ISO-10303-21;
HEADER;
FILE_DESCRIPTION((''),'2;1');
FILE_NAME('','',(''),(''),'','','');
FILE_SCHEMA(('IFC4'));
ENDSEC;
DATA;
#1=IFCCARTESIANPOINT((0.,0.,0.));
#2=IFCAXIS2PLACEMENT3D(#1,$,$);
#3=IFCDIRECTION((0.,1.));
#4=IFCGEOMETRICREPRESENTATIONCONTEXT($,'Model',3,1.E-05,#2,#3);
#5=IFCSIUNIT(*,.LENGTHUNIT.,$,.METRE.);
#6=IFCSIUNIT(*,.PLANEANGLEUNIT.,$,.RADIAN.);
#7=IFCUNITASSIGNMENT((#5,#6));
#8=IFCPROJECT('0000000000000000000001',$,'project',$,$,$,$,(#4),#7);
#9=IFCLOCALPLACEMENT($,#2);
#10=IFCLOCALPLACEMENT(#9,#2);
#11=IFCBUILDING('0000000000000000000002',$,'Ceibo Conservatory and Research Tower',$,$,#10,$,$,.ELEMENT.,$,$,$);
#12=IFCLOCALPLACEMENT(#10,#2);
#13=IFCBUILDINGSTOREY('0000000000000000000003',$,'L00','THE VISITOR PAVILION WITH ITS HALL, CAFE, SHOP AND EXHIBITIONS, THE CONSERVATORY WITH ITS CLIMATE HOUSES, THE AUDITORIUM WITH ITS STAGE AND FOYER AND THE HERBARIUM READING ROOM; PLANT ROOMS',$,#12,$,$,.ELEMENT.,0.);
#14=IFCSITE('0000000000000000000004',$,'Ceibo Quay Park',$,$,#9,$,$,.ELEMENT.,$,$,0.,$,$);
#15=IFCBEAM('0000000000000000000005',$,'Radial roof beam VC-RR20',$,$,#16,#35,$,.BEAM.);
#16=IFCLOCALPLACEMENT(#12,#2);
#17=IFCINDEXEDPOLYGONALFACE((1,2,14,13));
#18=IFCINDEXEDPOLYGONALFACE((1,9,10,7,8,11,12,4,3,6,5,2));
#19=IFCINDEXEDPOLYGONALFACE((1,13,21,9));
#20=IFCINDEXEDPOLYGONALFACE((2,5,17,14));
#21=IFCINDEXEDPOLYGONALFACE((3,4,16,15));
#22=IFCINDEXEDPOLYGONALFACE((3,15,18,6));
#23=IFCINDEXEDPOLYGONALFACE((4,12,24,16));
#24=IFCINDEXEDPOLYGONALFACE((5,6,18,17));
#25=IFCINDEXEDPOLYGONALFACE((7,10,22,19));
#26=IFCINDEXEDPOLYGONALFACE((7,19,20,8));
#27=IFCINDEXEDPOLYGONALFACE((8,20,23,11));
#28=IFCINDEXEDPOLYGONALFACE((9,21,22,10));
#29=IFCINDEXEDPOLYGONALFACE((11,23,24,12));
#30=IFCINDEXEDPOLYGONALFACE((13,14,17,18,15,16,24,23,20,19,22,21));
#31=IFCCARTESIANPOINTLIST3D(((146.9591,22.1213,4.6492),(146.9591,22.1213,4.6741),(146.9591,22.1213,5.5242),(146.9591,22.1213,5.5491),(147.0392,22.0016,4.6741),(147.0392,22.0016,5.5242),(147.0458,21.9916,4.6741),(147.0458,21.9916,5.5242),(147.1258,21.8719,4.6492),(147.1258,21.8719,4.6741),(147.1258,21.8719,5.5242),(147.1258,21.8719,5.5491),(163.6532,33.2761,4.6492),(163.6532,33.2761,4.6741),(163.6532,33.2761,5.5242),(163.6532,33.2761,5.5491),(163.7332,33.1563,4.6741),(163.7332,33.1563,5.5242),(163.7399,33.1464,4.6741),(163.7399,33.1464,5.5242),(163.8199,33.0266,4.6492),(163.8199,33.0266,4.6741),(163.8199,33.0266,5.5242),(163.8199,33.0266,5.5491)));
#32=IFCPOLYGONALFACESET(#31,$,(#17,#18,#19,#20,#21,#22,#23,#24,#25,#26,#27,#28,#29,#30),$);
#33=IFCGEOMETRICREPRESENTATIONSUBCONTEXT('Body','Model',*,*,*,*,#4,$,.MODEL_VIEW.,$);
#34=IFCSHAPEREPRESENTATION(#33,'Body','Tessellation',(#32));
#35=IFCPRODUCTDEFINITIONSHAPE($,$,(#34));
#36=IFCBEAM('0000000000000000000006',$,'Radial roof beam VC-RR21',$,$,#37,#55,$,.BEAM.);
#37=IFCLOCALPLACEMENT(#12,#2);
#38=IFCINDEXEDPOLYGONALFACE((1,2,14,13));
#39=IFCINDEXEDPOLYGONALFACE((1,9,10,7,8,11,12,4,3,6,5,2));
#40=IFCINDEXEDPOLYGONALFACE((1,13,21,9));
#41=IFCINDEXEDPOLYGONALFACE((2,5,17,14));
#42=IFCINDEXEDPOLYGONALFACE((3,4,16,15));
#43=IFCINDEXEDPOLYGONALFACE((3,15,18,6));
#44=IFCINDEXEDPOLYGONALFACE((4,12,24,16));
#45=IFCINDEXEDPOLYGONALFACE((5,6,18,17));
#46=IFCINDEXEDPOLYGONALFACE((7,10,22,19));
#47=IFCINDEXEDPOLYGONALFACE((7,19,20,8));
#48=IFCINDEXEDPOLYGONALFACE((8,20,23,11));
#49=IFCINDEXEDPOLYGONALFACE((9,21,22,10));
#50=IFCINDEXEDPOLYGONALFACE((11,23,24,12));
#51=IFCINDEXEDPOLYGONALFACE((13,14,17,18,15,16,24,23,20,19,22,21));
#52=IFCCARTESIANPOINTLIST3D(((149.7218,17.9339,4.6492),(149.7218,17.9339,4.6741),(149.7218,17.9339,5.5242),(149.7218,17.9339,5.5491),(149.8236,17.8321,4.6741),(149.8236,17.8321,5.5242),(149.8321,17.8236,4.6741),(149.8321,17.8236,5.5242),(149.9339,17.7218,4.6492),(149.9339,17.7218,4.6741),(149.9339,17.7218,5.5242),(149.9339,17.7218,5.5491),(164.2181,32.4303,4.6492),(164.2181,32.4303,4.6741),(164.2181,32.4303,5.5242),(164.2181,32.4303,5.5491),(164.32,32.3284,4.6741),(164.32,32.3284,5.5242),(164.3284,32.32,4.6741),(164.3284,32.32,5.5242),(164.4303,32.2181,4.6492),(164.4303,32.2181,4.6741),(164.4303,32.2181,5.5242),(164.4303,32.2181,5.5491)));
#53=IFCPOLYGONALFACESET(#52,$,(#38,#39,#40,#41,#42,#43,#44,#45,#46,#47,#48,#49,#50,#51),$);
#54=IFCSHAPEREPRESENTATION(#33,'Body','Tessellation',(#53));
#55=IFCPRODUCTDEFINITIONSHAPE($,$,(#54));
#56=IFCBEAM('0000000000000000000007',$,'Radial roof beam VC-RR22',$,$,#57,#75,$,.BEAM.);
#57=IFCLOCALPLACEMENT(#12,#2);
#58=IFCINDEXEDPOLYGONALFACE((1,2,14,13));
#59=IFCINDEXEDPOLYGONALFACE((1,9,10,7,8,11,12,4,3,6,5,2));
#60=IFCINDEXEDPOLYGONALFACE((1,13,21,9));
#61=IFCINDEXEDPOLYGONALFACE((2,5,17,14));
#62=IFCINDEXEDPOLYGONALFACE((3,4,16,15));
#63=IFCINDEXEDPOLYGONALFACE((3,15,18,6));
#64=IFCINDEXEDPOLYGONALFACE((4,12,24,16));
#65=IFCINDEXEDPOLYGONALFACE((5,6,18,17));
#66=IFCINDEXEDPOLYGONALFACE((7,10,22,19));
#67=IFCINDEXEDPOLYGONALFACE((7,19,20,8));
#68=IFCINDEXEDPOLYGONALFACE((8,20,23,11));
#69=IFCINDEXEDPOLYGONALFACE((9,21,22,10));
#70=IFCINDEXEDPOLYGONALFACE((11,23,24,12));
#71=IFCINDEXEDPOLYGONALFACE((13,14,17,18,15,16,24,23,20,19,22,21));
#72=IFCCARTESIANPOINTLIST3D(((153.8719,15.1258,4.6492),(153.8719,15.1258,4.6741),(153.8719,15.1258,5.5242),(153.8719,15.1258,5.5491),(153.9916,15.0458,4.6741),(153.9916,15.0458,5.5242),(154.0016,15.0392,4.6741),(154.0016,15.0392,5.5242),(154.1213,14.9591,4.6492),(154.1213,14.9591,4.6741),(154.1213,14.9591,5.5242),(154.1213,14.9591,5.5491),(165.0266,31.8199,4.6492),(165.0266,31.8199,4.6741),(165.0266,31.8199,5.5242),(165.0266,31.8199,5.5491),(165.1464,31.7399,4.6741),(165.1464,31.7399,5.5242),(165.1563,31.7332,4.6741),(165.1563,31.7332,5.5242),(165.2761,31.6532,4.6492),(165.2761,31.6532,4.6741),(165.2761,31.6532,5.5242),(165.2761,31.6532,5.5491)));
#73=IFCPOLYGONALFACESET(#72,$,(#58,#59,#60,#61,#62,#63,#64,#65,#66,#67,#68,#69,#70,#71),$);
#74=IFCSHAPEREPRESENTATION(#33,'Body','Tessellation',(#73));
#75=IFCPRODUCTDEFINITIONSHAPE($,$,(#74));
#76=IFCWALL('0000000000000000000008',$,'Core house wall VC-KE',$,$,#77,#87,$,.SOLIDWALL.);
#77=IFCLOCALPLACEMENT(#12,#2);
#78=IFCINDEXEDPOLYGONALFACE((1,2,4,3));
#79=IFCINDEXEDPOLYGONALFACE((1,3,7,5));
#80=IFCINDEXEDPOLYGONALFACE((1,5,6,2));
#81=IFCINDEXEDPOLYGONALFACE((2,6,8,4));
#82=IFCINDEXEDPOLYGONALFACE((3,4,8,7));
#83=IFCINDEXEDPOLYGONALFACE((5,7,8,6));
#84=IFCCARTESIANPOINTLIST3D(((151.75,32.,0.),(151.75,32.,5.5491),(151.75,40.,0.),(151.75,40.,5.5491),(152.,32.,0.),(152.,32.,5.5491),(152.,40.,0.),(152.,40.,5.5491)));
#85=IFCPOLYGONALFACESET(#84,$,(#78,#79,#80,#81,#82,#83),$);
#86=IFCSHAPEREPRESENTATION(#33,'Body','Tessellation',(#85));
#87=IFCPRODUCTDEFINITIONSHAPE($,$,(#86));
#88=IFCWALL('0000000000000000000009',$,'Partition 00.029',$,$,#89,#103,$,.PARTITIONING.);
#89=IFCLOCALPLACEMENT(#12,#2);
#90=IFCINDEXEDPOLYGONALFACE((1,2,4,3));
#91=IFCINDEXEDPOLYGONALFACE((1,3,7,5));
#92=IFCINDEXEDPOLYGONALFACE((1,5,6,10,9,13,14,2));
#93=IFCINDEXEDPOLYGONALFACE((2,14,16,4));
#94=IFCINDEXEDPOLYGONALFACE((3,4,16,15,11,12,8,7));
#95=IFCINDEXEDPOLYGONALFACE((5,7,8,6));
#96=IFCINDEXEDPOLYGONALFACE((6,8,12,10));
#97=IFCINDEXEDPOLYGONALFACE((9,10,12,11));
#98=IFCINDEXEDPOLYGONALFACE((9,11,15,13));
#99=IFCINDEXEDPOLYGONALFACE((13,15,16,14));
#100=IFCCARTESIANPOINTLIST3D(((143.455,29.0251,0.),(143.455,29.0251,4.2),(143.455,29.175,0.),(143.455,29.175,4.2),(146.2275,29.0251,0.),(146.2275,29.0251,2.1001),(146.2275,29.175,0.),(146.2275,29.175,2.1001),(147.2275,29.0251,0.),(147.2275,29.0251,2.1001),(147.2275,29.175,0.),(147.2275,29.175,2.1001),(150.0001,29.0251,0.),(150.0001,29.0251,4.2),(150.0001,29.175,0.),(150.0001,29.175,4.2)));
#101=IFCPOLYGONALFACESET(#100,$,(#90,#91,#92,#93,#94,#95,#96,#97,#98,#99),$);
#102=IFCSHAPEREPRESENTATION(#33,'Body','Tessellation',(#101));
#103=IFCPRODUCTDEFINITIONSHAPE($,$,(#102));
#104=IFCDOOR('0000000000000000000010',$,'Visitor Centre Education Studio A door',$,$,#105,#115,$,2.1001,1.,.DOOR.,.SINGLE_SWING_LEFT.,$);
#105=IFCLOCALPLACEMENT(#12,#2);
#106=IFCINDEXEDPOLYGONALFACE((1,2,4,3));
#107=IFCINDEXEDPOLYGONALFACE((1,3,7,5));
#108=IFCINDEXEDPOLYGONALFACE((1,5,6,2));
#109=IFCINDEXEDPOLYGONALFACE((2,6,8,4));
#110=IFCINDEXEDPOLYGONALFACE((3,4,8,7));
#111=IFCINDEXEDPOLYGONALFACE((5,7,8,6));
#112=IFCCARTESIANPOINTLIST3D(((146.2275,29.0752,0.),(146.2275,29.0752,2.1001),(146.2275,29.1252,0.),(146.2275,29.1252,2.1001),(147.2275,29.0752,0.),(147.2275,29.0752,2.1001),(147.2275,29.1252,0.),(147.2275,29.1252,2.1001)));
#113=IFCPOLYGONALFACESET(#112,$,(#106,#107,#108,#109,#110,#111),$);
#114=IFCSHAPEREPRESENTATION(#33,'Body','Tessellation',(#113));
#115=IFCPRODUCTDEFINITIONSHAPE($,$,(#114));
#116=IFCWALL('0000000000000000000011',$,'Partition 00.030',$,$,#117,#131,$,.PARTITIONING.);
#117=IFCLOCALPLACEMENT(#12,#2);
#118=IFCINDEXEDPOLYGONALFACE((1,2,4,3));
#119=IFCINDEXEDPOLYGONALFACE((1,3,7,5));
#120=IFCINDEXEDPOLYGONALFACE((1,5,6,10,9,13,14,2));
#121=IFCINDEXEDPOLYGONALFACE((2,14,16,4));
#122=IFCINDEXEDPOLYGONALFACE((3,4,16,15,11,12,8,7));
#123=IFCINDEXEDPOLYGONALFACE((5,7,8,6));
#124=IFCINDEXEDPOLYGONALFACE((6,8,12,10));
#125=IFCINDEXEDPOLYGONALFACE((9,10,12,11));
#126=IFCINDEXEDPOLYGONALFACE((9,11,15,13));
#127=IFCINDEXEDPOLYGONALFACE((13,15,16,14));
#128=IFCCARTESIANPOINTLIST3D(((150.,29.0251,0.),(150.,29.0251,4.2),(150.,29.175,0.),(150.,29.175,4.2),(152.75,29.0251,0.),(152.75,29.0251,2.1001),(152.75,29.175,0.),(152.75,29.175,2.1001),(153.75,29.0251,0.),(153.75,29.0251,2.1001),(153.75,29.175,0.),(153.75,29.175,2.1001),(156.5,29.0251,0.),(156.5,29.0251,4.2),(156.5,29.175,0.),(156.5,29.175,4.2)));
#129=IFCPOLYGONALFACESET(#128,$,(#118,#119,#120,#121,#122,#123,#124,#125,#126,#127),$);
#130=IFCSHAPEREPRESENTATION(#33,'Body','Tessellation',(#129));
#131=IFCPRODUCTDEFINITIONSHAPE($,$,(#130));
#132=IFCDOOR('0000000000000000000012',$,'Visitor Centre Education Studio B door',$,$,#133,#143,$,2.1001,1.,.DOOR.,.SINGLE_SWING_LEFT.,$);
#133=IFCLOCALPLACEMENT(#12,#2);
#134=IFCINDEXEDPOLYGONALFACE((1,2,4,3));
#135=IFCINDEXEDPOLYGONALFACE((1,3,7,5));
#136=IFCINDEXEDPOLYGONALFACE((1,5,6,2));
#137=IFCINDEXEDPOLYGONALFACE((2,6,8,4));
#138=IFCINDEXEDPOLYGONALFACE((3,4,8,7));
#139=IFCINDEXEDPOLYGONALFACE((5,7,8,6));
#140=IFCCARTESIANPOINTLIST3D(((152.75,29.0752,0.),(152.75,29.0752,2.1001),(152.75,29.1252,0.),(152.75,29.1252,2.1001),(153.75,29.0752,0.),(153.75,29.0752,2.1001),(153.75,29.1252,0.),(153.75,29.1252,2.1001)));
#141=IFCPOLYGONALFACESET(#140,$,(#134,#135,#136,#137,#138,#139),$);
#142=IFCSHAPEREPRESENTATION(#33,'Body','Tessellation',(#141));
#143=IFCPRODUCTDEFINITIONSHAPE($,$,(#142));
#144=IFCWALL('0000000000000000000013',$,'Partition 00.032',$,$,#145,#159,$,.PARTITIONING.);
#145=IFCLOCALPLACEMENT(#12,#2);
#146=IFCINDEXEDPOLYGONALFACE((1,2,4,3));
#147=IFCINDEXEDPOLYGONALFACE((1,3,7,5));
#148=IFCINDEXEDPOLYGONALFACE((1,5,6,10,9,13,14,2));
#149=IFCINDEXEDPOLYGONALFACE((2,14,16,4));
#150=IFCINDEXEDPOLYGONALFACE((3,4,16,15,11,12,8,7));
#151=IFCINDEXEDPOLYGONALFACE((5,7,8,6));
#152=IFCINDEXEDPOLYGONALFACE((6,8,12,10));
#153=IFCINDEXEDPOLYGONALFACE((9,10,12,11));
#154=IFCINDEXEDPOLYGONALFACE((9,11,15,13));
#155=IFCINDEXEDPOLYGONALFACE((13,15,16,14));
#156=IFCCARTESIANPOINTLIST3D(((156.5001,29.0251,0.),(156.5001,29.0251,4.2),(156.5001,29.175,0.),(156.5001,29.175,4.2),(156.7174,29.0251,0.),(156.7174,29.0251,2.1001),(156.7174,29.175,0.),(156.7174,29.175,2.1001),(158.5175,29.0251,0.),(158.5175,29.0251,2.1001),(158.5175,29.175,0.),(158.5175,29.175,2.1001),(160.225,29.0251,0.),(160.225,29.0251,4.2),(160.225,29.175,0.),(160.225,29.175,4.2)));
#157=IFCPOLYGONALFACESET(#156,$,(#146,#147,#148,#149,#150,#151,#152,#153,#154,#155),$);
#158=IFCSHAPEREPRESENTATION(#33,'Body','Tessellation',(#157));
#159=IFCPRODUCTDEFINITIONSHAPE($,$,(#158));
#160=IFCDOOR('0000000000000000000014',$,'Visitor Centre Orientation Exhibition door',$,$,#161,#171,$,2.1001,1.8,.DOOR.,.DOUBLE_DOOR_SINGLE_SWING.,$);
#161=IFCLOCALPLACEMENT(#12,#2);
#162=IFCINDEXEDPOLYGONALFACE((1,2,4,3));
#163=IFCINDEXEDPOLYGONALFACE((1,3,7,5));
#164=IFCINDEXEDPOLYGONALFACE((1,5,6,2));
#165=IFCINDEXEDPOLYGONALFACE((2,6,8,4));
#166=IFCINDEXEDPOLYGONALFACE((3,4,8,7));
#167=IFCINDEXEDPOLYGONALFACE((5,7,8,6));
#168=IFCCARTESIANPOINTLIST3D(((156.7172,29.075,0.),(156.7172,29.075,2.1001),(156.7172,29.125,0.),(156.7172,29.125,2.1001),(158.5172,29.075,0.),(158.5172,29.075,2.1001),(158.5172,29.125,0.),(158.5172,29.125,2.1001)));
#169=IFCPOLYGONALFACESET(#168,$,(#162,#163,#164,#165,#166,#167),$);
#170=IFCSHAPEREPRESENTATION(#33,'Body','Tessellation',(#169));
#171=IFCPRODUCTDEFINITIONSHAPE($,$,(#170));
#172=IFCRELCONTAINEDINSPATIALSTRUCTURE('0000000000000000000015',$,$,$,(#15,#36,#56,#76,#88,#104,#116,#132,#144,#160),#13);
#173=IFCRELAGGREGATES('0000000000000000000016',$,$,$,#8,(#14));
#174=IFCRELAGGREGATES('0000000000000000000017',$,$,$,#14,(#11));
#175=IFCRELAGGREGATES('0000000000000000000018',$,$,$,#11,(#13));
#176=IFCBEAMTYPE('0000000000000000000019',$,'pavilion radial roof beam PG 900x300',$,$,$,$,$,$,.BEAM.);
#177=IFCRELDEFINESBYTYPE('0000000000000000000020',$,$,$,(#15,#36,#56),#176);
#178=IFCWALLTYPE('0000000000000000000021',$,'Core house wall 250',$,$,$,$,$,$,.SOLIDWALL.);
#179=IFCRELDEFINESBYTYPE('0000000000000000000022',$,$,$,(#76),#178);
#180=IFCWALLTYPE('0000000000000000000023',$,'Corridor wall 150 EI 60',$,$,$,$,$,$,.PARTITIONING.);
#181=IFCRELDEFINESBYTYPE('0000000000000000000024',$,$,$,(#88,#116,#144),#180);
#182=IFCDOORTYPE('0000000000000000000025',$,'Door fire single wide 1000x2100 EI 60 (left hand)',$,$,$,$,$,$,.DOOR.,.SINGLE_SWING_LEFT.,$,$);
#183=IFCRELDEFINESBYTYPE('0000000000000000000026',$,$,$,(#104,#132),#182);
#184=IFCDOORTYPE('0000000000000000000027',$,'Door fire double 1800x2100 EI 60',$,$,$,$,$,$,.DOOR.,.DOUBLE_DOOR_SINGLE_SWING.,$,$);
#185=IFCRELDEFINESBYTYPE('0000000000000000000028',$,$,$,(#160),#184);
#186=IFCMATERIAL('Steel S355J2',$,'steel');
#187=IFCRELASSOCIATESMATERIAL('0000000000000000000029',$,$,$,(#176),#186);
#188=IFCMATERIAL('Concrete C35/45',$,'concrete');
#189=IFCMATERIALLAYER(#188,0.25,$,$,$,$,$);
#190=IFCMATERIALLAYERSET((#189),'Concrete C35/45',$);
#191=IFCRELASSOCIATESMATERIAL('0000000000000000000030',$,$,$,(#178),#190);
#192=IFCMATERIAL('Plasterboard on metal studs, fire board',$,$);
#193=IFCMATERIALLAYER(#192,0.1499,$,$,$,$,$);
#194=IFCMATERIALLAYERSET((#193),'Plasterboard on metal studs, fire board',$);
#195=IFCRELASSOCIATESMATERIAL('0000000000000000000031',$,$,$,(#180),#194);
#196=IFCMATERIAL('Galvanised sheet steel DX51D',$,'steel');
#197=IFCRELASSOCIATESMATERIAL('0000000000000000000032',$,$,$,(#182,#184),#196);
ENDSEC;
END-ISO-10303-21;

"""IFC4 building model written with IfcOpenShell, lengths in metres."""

from ifc_helpers import new_model, si_unit, direction, frame, frame_2d, origin, origin_2d, place, context, subcontext, project, spatial, rectangle, i_section, extrude, material, layer, layer_set, material_profile, profile_set, type_object, element, fill, save


model = new_model("IFC4")

# Units and contexts
model_context = context("Model", 3, precision=1e-05, world=origin(), true_north=direction((0.0, 1.0)))
body_context = subcontext(model_context, "Body", "Model", "MODEL_VIEW")
ifc_project = project(units=[si_unit("LENGTHUNIT", "METRE"), si_unit("PLANEANGLEUNIT", "RADIAN")], contexts=[model_context])

# Site, building, storey
site_placement = place(None, origin())
site = spatial("IfcSite", under=ifc_project, at=site_placement, Name="Ceibo Quay Park", CompositionType="ELEMENT", RefElevation=0.0)
building_placement = place(site_placement, origin())
building = spatial("IfcBuilding", under=site, at=building_placement, Name="Ceibo Conservatory and Research Tower", CompositionType="ELEMENT")
storey_placement = place(building_placement, origin())
storey = spatial("IfcBuildingStorey", under=building, at=storey_placement, Name="L00", Description="THE VISITOR PAVILION WITH ITS HALL, CAFE, SHOP AND EXHIBITIONS, THE CONSERVATORY WITH ITS CLIMATE HOUSES, THE AUDITORIUM WITH ITS STAGE AND FOYER AND THE HERBARIUM READING ROOM; PLANT ROOMS", CompositionType="ELEMENT", Elevation=0.0)

# Shared definitions
ifc_material_1 = material(Name="Concrete C35/45", Category="concrete")

# Beams
ifc_material_2 = material(Name="Steel S355J2", Category="steel")
ifc_material_profile_1 = material_profile(ifc_material_2, i_section(OverallWidth=0.3, OverallDepth=0.8999, WebThickness=0.012, FlangeThickness=0.0249, at=origin_2d()), Name="PG 900x300")
ifc_profile_set_1 = profile_set([ifc_material_profile_1], Name="Steel S355J2")
beam_type = type_object("IfcBeamType", Name="pavilion radial roof beam PG 900x300", PredefinedType="BEAM", material=ifc_profile_set_1)
beam_1_placement = place(storey_placement, frame((163.7366, 33.1514, 5.0991), z_axis=(-0.831466, -0.555575, 0.0), x_axis=(0.555575, -0.831466, 0.0)))
element("IfcBeam", 1, at=beam_1_placement, inside=storey, type_object=beam_type, Name="Radial roof beam VC-RR20", PredefinedType="BEAM", context=body_context, shape_type="SweptSolid", body=[
    extrude(i_section(OverallWidth=0.3, OverallDepth=0.8999, WebThickness=0.012, FlangeThickness=0.0249, at=origin_2d()), origin(), (0.0, 0.0, 1.0), 20.0779),
])
beam_2_placement = place(storey_placement, frame((164.3242, 32.3242, 5.0991), z_axis=(-0.707107, -0.707107, 0.0), x_axis=(0.707107, -0.707107, 0.0)))
element("IfcBeam", 2, at=beam_2_placement, inside=storey, type_object=beam_type, Name="Radial roof beam VC-RR21", PredefinedType="BEAM", context=body_context, shape_type="SweptSolid", body=[
    extrude(i_section(OverallWidth=0.3, OverallDepth=0.8999, WebThickness=0.012, FlangeThickness=0.0249, at=origin_2d()), origin(), (0.0, 0.0, 1.0), 20.501),
])
beam_3_placement = place(storey_placement, frame((165.1514, 31.7366, 5.0991), z_axis=(-0.555575, -0.831466, 0.0), x_axis=(0.831466, -0.555575, 0.0)))
element("IfcBeam", 3, at=beam_3_placement, inside=storey, type_object=beam_type, Name="Radial roof beam VC-RR22", PredefinedType="BEAM", context=body_context, shape_type="SweptSolid", body=[
    extrude(i_section(OverallWidth=0.3, OverallDepth=0.8999, WebThickness=0.012, FlangeThickness=0.0249, at=origin_2d()), origin(), (0.0, 0.0, 1.0), 20.0779),
])

# Wall
ifc_layer_1 = layer(ifc_material_1, 0.25)
ifc_layer_set_1 = layer_set([ifc_layer_1], Name="Concrete C35/45")
wall_type_1 = type_object("IfcWallType", Name="Core house wall 250", PredefinedType="SOLIDWALL", material=ifc_layer_set_1)
wall_1_placement = place(storey_placement, frame((151.875, 32.0, 0.0), z_axis=(0.0, 0.0, 1.0), x_axis=(0.0, 1.0, 0.0)))
element("IfcWall", 4, at=wall_1_placement, inside=storey, type_object=wall_type_1, Name="Core house wall VC-KE", PredefinedType="SOLIDWALL", context=body_context, shape_type="SweptSolid", body=[
    extrude(rectangle(XDim=8.0, YDim=0.25, at=frame_2d((4.0, 0.0))), origin(), (0.0, 0.0, 1.0), 5.5491),
])

# Walls, openings, doors
ifc_material_3 = material(Name="Plasterboard on metal studs, fire board")
ifc_layer_2 = layer(ifc_material_3, 0.1499)
ifc_layer_set_2 = layer_set([ifc_layer_2], Name="Plasterboard on metal studs, fire board")
wall_type_2 = type_object("IfcWallType", Name="Corridor wall 150 EI 60", PredefinedType="PARTITIONING", material=ifc_layer_set_2)
wall_2_placement = place(storey_placement, frame((150.0, 29.1001, 0.0), z_axis=(0.0, 0.0, 1.0), x_axis=(-1.0, 0.0, 0.0)))
wall_2 = element("IfcWall", 5, at=wall_2_placement, inside=storey, type_object=wall_type_2, Name="Partition 00.029", PredefinedType="PARTITIONING", context=body_context, shape_type="SweptSolid", body=[
    extrude(rectangle(XDim=6.5452, YDim=0.1499, at=frame_2d((3.2725, 0.0))), origin(), (0.0, 0.0, 1.0), 4.2),
])
opening_1_placement = place(wall_2_placement, frame((2.7725, 0.0, 0.0)))
opening_1 = element("IfcOpeningElement", 6, at=opening_1_placement, cuts=wall_2, PredefinedType="OPENING", context=body_context, shape_type="SweptSolid", body=[
    extrude(rectangle(XDim=1.0, YDim=2.1001, at=frame_2d((0.5, 1.05))), frame((0.0, 0.085, 0.0), z_axis=(0.0, -1.0, 0.0), x_axis=(1.0, 0.0, 0.0)), (0.0, 0.0, 1.0), 0.1699),
])
ifc_material_4 = material(Name="Galvanised sheet steel DX51D", Category="steel")
door_type_1 = type_object("IfcDoorType", Name="Door fire single wide 1000x2100 EI 60 (left hand)", OperationType="SINGLE_SWING_LEFT", PredefinedType="DOOR", material=ifc_material_4)
door_1_placement = place(opening_1_placement, origin())
door_1 = element("IfcDoor", 7, at=door_1_placement, inside=storey, type_object=door_type_1, Name="Visitor Centre Education Studio A door", OperationType="SINGLE_SWING_LEFT", OverallHeight=2.1001, OverallWidth=1.0, PredefinedType="DOOR", context=body_context, shape_type="SweptSolid", body=[
    extrude(rectangle(XDim=1.0, YDim=2.1001, at=frame_2d((0.5, 1.05))), frame((0.0, 0.0249, 0.0), z_axis=(0.0, -1.0, 0.0), x_axis=(1.0, 0.0, 0.0)), (0.0, 0.0, 1.0), 0.05),
])
fill(opening_1, door_1)
wall_3_placement = place(storey_placement, frame((156.5, 29.1001, 0.0), z_axis=(0.0, 0.0, 1.0), x_axis=(-1.0, 0.0, 0.0)))
wall_3 = element("IfcWall", 8, at=wall_3_placement, inside=storey, type_object=wall_type_2, Name="Partition 00.030", PredefinedType="PARTITIONING", context=body_context, shape_type="SweptSolid", body=[
    extrude(rectangle(XDim=6.5, YDim=0.1499, at=frame_2d((3.25, 0.0))), origin(), (0.0, 0.0, 1.0), 4.2),
])
opening_2_placement = place(wall_3_placement, frame((2.75, 0.0, 0.0)))
opening_2 = element("IfcOpeningElement", 9, at=opening_2_placement, cuts=wall_3, PredefinedType="OPENING", context=body_context, shape_type="SweptSolid", body=[
    extrude(rectangle(XDim=1.0, YDim=2.1001, at=frame_2d((0.5, 1.05))), frame((0.0, 0.085, 0.0), z_axis=(0.0, -1.0, 0.0), x_axis=(1.0, 0.0, 0.0)), (0.0, 0.0, 1.0), 0.1699),
])
door_2_placement = place(opening_2_placement, origin())
door_2 = element("IfcDoor", 10, at=door_2_placement, inside=storey, type_object=door_type_1, Name="Visitor Centre Education Studio B door", OperationType="SINGLE_SWING_LEFT", OverallHeight=2.1001, OverallWidth=1.0, PredefinedType="DOOR", context=body_context, shape_type="SweptSolid", body=[
    extrude(rectangle(XDim=1.0, YDim=2.1001, at=frame_2d((0.5, 1.05))), frame((0.0, 0.0249, 0.0), z_axis=(0.0, -1.0, 0.0), x_axis=(1.0, 0.0, 0.0)), (0.0, 0.0, 1.0), 0.05),
])
fill(opening_2, door_2)
wall_4_placement = place(storey_placement, frame((160.2249, 29.1001, 0.0), z_axis=(0.0, 0.0, 1.0), x_axis=(-1.0, 0.0, 0.0)))
wall_4 = element("IfcWall", 11, at=wall_4_placement, inside=storey, type_object=wall_type_2, Name="Partition 00.032", PredefinedType="PARTITIONING", context=body_context, shape_type="SweptSolid", body=[
    extrude(rectangle(XDim=3.7249, YDim=0.1499, at=frame_2d((1.8623, 0.0))), origin(), (0.0, 0.0, 1.0), 4.2),
])
opening_3_placement = place(wall_4_placement, frame((1.7075, 0.0, 0.0)))
opening_3 = element("IfcOpeningElement", 12, at=opening_3_placement, cuts=wall_4, PredefinedType="OPENING", context=body_context, shape_type="SweptSolid", body=[
    extrude(rectangle(XDim=1.8, YDim=2.1001, at=frame_2d((0.8999, 1.05))), frame((0.0, 0.085, 0.0), z_axis=(0.0, -1.0, 0.0), x_axis=(1.0, 0.0, 0.0)), (0.0, 0.0, 1.0), 0.1699),
])
door_type_2 = type_object("IfcDoorType", Name="Door fire double 1800x2100 EI 60", OperationType="DOUBLE_DOOR_SINGLE_SWING", PredefinedType="DOOR", material=ifc_material_4)
door_3_placement = place(opening_3_placement, frame((1.8, 0.0, 0.0), z_axis=(0.0, 0.0, 1.0), x_axis=(-1.0, 0.0, 0.0)))
door_3 = element("IfcDoor", 13, at=door_3_placement, inside=storey, type_object=door_type_2, Name="Visitor Centre Orientation Exhibition door", OperationType="DOUBLE_DOOR_SINGLE_SWING", OverallHeight=2.1001, OverallWidth=1.8, PredefinedType="DOOR", context=body_context, shape_type="SweptSolid", body=[
    extrude(rectangle(XDim=1.8, YDim=2.1001, at=frame_2d((0.8999, 1.05))), frame((0.0, 0.0249, 0.0), z_axis=(0.0, -1.0, 0.0), x_axis=(1.0, 0.0, 0.0)), (0.0, 0.0, 1.0), 0.05),
])
fill(opening_3, door_3)

save(model, "model.ifc")
